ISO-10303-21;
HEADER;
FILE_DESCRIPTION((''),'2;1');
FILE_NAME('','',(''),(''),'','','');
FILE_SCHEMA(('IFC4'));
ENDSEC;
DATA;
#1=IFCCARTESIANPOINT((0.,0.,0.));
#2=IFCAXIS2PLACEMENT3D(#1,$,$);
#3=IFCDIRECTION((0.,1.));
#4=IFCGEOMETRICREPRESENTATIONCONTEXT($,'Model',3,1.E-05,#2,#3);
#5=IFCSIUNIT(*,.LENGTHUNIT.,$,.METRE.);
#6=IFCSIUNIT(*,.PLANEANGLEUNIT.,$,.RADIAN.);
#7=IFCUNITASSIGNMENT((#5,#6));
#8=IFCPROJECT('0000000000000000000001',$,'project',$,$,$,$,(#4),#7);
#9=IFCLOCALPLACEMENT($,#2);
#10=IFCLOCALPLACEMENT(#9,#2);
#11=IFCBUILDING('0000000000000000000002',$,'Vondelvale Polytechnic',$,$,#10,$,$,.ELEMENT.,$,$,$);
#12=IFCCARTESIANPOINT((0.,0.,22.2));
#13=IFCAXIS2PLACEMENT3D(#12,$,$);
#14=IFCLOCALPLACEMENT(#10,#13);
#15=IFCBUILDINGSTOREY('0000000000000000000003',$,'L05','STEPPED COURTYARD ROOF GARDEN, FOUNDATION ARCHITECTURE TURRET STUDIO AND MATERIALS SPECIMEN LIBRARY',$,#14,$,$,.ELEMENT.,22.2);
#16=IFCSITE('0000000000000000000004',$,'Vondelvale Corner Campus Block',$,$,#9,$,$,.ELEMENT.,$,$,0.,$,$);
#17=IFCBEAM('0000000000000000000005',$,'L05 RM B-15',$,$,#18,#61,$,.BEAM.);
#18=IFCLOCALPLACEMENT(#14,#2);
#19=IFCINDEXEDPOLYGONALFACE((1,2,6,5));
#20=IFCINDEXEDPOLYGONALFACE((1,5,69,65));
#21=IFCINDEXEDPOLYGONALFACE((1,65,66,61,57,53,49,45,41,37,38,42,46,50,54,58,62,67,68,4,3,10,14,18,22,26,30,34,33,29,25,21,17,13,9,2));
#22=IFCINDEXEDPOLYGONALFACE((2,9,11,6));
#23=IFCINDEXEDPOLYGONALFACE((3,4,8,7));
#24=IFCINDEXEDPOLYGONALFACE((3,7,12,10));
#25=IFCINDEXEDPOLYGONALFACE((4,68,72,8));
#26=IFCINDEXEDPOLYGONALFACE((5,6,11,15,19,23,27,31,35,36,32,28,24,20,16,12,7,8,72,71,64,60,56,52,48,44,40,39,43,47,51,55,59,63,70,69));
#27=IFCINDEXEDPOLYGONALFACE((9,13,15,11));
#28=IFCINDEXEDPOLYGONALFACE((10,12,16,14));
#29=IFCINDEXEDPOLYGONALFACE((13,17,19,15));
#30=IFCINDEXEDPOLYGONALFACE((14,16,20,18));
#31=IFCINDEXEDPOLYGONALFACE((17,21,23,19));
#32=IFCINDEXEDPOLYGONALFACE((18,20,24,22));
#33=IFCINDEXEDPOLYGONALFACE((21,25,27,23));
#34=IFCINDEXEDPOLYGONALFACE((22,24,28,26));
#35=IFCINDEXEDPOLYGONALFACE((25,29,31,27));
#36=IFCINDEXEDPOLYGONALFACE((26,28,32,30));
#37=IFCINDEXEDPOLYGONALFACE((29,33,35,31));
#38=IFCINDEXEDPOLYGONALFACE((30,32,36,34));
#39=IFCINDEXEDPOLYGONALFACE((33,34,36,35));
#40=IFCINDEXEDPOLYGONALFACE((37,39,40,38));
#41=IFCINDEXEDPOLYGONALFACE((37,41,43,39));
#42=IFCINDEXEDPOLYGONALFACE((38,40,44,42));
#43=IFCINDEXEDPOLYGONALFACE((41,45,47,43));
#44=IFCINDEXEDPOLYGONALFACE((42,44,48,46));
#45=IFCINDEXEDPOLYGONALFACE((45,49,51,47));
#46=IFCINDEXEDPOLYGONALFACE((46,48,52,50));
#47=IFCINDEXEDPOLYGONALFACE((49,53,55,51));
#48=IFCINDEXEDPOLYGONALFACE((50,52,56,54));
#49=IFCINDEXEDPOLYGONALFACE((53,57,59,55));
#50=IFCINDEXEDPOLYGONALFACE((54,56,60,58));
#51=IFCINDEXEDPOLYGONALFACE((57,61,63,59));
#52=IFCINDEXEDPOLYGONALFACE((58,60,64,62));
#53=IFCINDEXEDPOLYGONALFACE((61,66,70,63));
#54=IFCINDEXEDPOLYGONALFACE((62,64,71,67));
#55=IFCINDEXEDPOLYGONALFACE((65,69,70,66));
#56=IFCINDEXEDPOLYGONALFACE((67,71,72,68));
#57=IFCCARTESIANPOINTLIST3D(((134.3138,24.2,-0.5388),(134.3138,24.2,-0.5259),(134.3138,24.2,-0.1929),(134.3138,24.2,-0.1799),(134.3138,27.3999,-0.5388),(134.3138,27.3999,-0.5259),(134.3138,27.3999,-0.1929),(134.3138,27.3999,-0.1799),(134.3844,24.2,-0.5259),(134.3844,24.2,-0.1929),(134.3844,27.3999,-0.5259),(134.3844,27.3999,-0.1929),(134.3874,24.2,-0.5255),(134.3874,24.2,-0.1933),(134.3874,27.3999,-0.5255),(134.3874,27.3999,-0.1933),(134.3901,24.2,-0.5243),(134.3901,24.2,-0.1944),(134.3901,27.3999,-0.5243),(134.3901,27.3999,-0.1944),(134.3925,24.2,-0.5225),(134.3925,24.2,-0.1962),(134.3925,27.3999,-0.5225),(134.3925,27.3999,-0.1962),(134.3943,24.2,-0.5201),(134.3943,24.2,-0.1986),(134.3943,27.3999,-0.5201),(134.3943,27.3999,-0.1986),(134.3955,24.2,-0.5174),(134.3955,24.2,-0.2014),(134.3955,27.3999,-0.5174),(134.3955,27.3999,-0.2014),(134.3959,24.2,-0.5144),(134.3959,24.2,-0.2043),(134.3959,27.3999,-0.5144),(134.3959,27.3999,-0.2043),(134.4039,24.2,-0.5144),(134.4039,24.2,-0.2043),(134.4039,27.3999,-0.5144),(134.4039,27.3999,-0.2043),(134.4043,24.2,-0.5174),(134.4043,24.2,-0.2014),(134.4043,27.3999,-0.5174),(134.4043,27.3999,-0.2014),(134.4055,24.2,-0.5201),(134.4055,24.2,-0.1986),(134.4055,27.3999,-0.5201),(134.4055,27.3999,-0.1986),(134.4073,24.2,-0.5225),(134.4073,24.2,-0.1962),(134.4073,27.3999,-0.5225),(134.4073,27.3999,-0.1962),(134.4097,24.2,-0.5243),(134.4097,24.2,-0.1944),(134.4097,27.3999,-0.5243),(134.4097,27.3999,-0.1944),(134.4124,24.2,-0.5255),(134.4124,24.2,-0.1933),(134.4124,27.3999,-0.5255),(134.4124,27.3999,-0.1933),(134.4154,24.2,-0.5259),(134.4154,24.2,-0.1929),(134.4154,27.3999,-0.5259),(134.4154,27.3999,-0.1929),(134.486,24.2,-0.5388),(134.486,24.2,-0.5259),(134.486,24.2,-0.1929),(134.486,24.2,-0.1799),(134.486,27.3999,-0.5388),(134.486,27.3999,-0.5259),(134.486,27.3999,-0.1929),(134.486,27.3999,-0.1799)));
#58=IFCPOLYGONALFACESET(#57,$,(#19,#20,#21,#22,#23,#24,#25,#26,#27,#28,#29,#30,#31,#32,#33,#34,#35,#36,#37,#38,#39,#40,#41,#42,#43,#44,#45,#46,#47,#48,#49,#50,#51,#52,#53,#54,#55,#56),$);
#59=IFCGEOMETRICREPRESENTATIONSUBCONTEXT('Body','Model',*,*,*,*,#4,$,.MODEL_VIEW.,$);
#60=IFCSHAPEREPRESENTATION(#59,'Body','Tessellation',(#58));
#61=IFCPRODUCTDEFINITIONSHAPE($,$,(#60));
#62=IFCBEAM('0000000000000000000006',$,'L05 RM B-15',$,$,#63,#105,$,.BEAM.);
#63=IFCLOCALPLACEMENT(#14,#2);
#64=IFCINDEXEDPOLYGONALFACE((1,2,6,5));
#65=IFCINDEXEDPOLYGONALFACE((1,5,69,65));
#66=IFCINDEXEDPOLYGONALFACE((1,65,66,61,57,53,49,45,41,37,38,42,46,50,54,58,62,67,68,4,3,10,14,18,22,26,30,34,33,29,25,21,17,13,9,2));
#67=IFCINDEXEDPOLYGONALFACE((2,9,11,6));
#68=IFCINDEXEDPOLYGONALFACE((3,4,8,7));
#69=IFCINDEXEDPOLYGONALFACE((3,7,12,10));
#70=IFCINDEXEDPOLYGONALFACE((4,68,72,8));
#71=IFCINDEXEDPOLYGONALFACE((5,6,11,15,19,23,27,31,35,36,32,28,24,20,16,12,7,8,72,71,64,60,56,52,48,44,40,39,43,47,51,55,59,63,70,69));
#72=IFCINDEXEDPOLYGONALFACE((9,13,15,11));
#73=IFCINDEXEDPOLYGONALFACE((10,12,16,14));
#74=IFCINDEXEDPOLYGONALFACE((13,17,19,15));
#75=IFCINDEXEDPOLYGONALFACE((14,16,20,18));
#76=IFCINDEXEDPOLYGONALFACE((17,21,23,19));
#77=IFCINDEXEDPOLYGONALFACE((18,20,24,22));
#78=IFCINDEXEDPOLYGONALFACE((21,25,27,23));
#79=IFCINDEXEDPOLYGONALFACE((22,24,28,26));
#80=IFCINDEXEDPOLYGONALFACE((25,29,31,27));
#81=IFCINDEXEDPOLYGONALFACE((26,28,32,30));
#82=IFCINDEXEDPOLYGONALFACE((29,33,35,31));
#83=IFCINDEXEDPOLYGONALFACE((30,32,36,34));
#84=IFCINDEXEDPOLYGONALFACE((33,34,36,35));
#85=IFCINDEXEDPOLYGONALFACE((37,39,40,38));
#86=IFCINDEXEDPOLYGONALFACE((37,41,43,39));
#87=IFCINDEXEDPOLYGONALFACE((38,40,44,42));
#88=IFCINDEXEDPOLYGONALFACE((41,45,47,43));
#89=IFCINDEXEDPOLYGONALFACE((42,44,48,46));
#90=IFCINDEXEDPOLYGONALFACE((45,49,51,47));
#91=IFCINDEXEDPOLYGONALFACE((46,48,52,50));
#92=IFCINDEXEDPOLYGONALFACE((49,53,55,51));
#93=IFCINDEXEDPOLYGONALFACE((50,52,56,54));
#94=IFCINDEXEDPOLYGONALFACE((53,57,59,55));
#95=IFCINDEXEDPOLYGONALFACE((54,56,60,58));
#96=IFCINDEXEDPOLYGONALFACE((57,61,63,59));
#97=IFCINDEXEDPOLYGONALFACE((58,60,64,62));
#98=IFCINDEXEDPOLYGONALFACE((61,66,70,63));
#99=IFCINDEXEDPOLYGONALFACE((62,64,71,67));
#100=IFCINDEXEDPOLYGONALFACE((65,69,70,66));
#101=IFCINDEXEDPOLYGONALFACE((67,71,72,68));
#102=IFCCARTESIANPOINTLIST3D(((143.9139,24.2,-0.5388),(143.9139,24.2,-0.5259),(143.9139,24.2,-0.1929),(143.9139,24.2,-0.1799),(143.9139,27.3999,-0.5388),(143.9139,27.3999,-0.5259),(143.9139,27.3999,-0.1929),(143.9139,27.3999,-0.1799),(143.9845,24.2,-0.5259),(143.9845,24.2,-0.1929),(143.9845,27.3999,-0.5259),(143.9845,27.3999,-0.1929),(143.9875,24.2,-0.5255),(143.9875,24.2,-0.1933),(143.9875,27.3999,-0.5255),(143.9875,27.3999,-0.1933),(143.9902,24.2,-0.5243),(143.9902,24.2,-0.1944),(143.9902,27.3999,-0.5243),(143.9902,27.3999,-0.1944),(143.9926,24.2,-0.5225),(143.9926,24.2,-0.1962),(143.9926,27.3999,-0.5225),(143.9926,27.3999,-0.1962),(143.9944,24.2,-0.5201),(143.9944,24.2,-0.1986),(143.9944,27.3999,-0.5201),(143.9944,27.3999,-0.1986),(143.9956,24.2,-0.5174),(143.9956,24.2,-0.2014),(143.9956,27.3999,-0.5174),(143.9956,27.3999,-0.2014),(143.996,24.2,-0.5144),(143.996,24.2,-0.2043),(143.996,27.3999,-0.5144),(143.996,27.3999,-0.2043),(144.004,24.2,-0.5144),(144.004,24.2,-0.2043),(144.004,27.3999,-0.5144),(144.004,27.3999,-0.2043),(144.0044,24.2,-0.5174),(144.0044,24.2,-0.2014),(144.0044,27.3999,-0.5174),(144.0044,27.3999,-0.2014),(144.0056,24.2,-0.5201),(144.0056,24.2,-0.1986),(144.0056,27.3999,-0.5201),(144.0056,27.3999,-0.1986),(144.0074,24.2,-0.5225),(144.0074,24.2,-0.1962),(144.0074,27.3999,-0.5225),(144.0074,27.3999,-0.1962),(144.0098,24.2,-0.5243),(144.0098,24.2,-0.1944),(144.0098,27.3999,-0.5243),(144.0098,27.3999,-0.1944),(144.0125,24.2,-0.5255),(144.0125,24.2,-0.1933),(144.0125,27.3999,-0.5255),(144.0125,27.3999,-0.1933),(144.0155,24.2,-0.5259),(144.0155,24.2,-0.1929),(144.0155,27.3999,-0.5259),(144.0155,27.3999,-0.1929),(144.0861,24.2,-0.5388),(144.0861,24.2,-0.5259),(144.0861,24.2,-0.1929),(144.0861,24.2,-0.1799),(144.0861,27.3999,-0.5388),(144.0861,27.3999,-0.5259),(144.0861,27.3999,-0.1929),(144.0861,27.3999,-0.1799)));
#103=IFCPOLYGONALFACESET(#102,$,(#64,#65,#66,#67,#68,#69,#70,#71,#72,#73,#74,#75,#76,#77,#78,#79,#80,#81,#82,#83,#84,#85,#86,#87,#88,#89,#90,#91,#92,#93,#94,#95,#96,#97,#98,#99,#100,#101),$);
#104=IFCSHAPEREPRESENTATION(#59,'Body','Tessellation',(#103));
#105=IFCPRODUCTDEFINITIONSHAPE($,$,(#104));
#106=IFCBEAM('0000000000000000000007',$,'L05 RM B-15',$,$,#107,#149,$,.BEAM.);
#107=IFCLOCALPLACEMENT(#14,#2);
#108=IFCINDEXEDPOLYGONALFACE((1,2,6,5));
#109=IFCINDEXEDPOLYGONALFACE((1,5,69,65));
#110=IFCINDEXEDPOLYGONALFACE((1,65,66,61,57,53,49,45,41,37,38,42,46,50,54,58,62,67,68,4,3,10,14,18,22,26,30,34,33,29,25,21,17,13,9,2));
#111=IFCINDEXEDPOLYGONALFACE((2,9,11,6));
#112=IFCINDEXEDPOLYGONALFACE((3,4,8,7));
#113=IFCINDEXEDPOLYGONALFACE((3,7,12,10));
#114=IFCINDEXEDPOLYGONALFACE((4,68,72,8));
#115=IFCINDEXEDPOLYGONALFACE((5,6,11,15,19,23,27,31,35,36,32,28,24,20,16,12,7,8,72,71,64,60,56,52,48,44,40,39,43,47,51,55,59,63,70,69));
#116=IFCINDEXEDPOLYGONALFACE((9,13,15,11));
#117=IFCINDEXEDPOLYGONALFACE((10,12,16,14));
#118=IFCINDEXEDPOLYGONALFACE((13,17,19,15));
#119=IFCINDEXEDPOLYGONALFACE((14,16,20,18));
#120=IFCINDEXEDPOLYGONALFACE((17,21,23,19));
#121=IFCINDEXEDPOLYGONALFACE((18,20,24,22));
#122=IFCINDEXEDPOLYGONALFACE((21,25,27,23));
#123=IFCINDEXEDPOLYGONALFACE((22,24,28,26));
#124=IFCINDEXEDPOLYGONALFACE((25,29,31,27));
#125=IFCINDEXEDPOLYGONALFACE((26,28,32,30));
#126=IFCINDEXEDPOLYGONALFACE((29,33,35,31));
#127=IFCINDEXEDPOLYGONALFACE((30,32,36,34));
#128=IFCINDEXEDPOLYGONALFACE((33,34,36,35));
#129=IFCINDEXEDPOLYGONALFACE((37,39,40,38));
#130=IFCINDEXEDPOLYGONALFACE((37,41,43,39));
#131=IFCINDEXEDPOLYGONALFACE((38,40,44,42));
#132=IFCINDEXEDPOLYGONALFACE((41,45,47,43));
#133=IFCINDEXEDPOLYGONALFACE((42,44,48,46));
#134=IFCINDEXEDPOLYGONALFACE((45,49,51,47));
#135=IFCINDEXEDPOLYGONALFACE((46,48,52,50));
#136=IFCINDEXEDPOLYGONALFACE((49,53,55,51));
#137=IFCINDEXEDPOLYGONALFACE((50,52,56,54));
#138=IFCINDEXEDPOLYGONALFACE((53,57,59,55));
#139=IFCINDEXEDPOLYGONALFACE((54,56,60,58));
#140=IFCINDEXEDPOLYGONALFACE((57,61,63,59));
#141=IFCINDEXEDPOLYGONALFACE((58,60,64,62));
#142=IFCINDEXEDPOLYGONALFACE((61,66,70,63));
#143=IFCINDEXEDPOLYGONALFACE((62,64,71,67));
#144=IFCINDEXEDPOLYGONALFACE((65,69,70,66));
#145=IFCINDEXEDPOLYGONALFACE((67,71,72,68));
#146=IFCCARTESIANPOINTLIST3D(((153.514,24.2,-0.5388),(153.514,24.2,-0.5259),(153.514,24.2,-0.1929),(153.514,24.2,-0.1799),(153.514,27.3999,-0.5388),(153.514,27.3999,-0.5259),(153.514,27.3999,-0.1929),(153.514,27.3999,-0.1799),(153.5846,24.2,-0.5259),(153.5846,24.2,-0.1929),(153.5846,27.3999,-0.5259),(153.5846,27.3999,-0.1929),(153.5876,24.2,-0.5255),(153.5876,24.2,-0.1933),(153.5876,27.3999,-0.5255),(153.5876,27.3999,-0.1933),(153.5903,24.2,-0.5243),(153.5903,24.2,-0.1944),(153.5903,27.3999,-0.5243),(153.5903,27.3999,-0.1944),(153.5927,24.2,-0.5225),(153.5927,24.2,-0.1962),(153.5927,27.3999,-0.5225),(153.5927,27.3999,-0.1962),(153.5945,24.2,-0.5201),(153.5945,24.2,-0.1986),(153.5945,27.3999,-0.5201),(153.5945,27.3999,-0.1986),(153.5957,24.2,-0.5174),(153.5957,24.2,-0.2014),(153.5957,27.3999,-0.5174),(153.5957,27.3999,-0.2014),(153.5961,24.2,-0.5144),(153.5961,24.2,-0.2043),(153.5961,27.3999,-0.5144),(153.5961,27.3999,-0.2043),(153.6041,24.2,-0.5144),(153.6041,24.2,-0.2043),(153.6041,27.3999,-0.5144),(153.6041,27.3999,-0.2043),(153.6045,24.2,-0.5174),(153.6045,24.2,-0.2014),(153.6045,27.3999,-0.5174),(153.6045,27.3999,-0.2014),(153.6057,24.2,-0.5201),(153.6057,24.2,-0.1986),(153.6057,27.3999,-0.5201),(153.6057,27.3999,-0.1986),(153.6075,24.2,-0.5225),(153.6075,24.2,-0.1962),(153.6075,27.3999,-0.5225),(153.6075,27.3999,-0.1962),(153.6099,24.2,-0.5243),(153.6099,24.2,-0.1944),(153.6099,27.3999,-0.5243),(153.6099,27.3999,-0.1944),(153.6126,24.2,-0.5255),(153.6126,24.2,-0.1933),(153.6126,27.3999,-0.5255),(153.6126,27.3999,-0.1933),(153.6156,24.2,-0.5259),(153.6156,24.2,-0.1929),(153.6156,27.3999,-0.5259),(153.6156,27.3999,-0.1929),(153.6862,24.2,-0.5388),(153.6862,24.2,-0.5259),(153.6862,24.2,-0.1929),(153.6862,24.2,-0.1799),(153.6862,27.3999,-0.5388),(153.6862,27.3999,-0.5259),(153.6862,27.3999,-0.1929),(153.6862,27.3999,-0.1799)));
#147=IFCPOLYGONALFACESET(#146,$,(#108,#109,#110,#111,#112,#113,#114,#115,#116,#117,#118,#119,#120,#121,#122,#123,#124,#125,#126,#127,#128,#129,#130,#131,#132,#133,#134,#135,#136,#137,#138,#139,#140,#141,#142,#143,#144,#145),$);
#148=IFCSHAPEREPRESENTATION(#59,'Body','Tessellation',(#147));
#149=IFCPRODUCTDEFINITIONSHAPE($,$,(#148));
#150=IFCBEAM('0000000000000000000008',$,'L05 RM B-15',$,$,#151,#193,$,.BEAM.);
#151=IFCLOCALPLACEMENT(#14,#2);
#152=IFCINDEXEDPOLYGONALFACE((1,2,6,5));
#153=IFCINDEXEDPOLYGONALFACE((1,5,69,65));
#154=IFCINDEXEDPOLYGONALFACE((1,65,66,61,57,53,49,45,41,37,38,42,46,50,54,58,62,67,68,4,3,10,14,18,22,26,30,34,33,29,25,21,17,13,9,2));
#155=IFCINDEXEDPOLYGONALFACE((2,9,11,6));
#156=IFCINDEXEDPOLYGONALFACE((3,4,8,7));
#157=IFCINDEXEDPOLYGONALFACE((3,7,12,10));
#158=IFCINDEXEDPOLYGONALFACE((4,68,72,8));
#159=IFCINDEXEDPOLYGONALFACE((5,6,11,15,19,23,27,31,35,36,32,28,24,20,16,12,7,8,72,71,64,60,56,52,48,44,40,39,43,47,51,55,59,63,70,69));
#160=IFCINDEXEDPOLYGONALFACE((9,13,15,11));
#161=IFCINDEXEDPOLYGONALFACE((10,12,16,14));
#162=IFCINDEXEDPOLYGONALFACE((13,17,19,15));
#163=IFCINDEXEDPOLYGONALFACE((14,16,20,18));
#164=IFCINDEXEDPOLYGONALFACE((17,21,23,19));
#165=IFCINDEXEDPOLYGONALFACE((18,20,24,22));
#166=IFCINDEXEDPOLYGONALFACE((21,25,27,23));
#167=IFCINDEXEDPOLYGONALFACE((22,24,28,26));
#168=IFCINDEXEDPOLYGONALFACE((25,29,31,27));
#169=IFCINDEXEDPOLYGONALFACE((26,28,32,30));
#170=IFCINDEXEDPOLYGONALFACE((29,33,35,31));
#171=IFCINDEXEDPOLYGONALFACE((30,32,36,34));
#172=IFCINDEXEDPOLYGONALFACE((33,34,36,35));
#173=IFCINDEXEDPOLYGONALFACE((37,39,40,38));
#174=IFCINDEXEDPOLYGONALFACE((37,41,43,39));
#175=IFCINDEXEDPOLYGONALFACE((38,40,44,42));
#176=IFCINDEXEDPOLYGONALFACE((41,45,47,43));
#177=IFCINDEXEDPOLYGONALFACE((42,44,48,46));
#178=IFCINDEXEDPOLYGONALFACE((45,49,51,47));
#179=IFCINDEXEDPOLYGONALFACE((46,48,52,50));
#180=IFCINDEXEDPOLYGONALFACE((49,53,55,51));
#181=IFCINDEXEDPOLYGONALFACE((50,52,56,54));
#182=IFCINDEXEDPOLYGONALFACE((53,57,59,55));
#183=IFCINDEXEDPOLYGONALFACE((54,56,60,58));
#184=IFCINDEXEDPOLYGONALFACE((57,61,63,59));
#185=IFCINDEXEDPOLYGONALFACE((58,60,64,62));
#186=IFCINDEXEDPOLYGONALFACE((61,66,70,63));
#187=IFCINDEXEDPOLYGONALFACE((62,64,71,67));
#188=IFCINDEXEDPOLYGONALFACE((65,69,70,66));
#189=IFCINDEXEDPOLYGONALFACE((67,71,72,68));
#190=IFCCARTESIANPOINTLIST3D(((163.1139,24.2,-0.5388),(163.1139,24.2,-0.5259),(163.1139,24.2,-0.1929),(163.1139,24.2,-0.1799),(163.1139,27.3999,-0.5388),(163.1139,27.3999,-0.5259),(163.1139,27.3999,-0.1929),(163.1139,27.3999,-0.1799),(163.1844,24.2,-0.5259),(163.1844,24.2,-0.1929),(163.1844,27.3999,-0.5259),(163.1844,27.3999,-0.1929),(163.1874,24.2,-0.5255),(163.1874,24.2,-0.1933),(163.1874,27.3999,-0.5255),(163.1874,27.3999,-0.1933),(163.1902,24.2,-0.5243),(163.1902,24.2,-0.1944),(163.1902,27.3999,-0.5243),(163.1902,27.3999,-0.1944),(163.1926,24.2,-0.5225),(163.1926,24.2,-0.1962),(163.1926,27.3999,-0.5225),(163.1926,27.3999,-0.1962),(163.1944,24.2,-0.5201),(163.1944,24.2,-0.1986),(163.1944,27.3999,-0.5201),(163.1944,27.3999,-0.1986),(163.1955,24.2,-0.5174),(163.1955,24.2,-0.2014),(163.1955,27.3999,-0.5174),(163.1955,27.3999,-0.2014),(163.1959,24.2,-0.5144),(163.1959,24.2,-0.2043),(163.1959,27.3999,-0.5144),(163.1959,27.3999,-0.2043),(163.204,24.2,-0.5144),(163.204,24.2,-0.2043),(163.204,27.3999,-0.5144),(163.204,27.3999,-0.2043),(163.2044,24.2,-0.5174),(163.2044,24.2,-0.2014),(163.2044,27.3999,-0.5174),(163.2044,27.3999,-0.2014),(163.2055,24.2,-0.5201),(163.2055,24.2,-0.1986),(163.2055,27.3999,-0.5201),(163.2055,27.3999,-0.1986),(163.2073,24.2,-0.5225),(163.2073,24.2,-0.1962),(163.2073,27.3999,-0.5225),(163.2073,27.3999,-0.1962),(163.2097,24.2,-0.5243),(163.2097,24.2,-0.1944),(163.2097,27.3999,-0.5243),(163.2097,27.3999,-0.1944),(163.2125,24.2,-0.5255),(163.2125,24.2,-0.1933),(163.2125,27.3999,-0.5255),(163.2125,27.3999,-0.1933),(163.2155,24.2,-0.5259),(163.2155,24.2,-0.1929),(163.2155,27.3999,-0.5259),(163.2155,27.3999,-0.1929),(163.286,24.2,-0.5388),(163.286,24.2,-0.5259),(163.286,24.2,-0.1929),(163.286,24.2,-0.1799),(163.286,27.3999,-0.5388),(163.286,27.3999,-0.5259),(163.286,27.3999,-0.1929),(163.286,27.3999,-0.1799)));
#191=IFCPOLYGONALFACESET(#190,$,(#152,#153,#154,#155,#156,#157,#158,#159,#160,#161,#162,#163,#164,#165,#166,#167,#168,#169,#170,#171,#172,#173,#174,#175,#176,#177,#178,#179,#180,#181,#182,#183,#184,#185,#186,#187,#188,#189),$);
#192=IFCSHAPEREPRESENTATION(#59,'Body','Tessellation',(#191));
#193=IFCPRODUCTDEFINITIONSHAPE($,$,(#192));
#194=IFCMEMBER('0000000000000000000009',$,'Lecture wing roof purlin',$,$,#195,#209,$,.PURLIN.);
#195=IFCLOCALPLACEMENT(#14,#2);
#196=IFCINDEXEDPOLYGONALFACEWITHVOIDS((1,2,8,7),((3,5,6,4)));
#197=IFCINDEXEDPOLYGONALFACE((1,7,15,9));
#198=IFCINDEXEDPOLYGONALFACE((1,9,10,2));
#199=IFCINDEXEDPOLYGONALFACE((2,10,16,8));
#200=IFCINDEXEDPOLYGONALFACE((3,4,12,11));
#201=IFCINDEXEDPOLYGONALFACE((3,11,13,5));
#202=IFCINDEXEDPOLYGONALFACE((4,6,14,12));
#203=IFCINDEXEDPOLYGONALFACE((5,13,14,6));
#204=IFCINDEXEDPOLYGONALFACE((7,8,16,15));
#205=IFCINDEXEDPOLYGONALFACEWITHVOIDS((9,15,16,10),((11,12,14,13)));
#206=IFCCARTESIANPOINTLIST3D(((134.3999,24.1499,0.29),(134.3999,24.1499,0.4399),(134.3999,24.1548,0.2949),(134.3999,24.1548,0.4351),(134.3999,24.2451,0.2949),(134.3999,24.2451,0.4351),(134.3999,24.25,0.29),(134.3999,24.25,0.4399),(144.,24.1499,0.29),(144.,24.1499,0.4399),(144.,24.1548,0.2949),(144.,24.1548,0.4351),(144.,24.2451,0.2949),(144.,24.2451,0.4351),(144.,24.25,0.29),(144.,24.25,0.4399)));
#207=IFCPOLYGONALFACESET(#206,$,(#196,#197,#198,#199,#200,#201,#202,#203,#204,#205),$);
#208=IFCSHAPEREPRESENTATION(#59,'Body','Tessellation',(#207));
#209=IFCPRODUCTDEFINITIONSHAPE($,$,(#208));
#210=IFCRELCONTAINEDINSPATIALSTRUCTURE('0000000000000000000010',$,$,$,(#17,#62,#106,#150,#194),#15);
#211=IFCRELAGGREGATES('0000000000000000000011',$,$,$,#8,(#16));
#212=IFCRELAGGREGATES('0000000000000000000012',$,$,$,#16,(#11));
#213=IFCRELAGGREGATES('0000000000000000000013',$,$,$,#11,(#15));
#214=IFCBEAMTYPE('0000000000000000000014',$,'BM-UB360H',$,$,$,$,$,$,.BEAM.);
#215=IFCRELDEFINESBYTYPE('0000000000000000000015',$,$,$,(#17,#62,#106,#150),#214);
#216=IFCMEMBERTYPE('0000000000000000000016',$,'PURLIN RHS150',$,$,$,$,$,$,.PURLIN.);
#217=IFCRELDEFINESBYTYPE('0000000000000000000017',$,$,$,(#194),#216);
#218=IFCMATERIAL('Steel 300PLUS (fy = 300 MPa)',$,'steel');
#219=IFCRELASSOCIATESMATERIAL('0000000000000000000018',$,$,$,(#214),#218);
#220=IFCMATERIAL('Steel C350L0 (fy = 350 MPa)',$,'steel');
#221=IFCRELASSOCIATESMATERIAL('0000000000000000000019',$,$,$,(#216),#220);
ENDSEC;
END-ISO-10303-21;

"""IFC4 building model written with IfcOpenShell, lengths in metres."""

from ifc_helpers import new_model, si_unit, direction, frame, origin, origin_2d, place, context, subcontext, project, spatial, hollow_rectangle, i_section, extrude, material, material_profile, profile_set, type_object, element, save


model = new_model("IFC4")

# Units and contexts
model_context = context("Model", 3, precision=1e-05, world=origin(), true_north=direction((0.0, 1.0)))
body_context = subcontext(model_context, "Body", "Model", "MODEL_VIEW")
ifc_project = project(units=[si_unit("LENGTHUNIT", "METRE"), si_unit("PLANEANGLEUNIT", "RADIAN")], contexts=[model_context])

# Site, building, storey
site_placement = place(None, origin())
site = spatial("IfcSite", under=ifc_project, at=site_placement, Name="Vondelvale Corner Campus Block", CompositionType="ELEMENT", RefElevation=0.0)
building_placement = place(site_placement, origin())
building = spatial("IfcBuilding", under=site, at=building_placement, Name="Vondelvale Polytechnic", CompositionType="ELEMENT")
storey_placement = place(building_placement, frame((0.0, 0.0, 22.2)))
storey = spatial("IfcBuildingStorey", under=building, at=storey_placement, Name="L05", Description="STEPPED COURTYARD ROOF GARDEN, FOUNDATION ARCHITECTURE TURRET STUDIO AND MATERIALS SPECIMEN LIBRARY", CompositionType="ELEMENT", Elevation=22.2)

# Beams
ifc_material_1 = material(Name="Steel 300PLUS (fy = 300 MPa)", Category="steel")
ifc_material_profile_1 = material_profile(ifc_material_1, i_section(OverallWidth=0.1721, OverallDepth=0.3589, WebThickness=0.0081, FlangeThickness=0.0129, FilletRadius=0.0115, at=origin_2d()), Name="360UB56.7")
ifc_profile_set_1 = profile_set([ifc_material_profile_1], Name="Steel 300PLUS (fy = 300 MPa)")
beam_type = type_object("IfcBeamType", Name="BM-UB360H", PredefinedType="BEAM", material=ifc_profile_set_1)
for number, where, z_axis, x_axis, name in (
    (1, (134.3999, 24.2, -0.3594), (0.0, 1.0, 0.0), (-1.0, 0.0, 0.0), "L05 RM B-15"),
    (2, (144.0, 24.2, -0.3594), (0.0, 1.0, 0.0), (-1.0, 0.0, 0.0), "L05 RM B-15"),
    (3, (153.6001, 24.2, -0.3594), (0.0, 1.0, 0.0), (-1.0, 0.0, 0.0), "L05 RM B-15"),
    (4, (163.2, 24.2, -0.3594), (0.0, 1.0, 0.0), (-1.0, 0.0, 0.0), "L05 RM B-15"),
):
    element("IfcBeam", number, at=place(storey_placement, frame(where, z_axis=z_axis, x_axis=x_axis)), inside=storey, type_object=beam_type, Name=name, PredefinedType="BEAM", context=body_context, shape_type="SweptSolid", body=[
        extrude(i_section(OverallWidth=0.1721, OverallDepth=0.3589, WebThickness=0.0081, FlangeThickness=0.0129, FilletRadius=0.0115, at=origin_2d()), origin(), (0.0, 0.0, 1.0), 3.2),
    ])

# Member
ifc_material_2 = material(Name="Steel C350L0 (fy = 350 MPa)", Category="steel")
ifc_material_profile_2 = material_profile(ifc_material_2, hollow_rectangle(XDim=0.1001, YDim=0.1499, WallThickness=0.0049, at=origin_2d()), Name="150x100x5.0RHS")
ifc_profile_set_2 = profile_set([ifc_material_profile_2], Name="Steel C350L0 (fy = 350 MPa)")
member_type_1 = type_object("IfcMemberType", Name="PURLIN RHS150", PredefinedType="PURLIN", material=ifc_profile_set_2)
for number, where, z_axis, x_axis, name in (
    (5, (134.3999, 24.2, 0.365), (1.0, 0.0, 0.0), (0.0, 1.0, 0.0), "Lecture wing roof purlin"),
):
    element("IfcMember", number, at=place(storey_placement, frame(where, z_axis=z_axis, x_axis=x_axis)), inside=storey, type_object=member_type_1, Name=name, PredefinedType="PURLIN", context=body_context, shape_type="SweptSolid", body=[
        extrude(hollow_rectangle(XDim=0.1001, YDim=0.1499, WallThickness=0.0049, at=origin_2d()), origin(), (0.0, 0.0, 1.0), 9.6001),
    ])

save(model, "model.ifc")
